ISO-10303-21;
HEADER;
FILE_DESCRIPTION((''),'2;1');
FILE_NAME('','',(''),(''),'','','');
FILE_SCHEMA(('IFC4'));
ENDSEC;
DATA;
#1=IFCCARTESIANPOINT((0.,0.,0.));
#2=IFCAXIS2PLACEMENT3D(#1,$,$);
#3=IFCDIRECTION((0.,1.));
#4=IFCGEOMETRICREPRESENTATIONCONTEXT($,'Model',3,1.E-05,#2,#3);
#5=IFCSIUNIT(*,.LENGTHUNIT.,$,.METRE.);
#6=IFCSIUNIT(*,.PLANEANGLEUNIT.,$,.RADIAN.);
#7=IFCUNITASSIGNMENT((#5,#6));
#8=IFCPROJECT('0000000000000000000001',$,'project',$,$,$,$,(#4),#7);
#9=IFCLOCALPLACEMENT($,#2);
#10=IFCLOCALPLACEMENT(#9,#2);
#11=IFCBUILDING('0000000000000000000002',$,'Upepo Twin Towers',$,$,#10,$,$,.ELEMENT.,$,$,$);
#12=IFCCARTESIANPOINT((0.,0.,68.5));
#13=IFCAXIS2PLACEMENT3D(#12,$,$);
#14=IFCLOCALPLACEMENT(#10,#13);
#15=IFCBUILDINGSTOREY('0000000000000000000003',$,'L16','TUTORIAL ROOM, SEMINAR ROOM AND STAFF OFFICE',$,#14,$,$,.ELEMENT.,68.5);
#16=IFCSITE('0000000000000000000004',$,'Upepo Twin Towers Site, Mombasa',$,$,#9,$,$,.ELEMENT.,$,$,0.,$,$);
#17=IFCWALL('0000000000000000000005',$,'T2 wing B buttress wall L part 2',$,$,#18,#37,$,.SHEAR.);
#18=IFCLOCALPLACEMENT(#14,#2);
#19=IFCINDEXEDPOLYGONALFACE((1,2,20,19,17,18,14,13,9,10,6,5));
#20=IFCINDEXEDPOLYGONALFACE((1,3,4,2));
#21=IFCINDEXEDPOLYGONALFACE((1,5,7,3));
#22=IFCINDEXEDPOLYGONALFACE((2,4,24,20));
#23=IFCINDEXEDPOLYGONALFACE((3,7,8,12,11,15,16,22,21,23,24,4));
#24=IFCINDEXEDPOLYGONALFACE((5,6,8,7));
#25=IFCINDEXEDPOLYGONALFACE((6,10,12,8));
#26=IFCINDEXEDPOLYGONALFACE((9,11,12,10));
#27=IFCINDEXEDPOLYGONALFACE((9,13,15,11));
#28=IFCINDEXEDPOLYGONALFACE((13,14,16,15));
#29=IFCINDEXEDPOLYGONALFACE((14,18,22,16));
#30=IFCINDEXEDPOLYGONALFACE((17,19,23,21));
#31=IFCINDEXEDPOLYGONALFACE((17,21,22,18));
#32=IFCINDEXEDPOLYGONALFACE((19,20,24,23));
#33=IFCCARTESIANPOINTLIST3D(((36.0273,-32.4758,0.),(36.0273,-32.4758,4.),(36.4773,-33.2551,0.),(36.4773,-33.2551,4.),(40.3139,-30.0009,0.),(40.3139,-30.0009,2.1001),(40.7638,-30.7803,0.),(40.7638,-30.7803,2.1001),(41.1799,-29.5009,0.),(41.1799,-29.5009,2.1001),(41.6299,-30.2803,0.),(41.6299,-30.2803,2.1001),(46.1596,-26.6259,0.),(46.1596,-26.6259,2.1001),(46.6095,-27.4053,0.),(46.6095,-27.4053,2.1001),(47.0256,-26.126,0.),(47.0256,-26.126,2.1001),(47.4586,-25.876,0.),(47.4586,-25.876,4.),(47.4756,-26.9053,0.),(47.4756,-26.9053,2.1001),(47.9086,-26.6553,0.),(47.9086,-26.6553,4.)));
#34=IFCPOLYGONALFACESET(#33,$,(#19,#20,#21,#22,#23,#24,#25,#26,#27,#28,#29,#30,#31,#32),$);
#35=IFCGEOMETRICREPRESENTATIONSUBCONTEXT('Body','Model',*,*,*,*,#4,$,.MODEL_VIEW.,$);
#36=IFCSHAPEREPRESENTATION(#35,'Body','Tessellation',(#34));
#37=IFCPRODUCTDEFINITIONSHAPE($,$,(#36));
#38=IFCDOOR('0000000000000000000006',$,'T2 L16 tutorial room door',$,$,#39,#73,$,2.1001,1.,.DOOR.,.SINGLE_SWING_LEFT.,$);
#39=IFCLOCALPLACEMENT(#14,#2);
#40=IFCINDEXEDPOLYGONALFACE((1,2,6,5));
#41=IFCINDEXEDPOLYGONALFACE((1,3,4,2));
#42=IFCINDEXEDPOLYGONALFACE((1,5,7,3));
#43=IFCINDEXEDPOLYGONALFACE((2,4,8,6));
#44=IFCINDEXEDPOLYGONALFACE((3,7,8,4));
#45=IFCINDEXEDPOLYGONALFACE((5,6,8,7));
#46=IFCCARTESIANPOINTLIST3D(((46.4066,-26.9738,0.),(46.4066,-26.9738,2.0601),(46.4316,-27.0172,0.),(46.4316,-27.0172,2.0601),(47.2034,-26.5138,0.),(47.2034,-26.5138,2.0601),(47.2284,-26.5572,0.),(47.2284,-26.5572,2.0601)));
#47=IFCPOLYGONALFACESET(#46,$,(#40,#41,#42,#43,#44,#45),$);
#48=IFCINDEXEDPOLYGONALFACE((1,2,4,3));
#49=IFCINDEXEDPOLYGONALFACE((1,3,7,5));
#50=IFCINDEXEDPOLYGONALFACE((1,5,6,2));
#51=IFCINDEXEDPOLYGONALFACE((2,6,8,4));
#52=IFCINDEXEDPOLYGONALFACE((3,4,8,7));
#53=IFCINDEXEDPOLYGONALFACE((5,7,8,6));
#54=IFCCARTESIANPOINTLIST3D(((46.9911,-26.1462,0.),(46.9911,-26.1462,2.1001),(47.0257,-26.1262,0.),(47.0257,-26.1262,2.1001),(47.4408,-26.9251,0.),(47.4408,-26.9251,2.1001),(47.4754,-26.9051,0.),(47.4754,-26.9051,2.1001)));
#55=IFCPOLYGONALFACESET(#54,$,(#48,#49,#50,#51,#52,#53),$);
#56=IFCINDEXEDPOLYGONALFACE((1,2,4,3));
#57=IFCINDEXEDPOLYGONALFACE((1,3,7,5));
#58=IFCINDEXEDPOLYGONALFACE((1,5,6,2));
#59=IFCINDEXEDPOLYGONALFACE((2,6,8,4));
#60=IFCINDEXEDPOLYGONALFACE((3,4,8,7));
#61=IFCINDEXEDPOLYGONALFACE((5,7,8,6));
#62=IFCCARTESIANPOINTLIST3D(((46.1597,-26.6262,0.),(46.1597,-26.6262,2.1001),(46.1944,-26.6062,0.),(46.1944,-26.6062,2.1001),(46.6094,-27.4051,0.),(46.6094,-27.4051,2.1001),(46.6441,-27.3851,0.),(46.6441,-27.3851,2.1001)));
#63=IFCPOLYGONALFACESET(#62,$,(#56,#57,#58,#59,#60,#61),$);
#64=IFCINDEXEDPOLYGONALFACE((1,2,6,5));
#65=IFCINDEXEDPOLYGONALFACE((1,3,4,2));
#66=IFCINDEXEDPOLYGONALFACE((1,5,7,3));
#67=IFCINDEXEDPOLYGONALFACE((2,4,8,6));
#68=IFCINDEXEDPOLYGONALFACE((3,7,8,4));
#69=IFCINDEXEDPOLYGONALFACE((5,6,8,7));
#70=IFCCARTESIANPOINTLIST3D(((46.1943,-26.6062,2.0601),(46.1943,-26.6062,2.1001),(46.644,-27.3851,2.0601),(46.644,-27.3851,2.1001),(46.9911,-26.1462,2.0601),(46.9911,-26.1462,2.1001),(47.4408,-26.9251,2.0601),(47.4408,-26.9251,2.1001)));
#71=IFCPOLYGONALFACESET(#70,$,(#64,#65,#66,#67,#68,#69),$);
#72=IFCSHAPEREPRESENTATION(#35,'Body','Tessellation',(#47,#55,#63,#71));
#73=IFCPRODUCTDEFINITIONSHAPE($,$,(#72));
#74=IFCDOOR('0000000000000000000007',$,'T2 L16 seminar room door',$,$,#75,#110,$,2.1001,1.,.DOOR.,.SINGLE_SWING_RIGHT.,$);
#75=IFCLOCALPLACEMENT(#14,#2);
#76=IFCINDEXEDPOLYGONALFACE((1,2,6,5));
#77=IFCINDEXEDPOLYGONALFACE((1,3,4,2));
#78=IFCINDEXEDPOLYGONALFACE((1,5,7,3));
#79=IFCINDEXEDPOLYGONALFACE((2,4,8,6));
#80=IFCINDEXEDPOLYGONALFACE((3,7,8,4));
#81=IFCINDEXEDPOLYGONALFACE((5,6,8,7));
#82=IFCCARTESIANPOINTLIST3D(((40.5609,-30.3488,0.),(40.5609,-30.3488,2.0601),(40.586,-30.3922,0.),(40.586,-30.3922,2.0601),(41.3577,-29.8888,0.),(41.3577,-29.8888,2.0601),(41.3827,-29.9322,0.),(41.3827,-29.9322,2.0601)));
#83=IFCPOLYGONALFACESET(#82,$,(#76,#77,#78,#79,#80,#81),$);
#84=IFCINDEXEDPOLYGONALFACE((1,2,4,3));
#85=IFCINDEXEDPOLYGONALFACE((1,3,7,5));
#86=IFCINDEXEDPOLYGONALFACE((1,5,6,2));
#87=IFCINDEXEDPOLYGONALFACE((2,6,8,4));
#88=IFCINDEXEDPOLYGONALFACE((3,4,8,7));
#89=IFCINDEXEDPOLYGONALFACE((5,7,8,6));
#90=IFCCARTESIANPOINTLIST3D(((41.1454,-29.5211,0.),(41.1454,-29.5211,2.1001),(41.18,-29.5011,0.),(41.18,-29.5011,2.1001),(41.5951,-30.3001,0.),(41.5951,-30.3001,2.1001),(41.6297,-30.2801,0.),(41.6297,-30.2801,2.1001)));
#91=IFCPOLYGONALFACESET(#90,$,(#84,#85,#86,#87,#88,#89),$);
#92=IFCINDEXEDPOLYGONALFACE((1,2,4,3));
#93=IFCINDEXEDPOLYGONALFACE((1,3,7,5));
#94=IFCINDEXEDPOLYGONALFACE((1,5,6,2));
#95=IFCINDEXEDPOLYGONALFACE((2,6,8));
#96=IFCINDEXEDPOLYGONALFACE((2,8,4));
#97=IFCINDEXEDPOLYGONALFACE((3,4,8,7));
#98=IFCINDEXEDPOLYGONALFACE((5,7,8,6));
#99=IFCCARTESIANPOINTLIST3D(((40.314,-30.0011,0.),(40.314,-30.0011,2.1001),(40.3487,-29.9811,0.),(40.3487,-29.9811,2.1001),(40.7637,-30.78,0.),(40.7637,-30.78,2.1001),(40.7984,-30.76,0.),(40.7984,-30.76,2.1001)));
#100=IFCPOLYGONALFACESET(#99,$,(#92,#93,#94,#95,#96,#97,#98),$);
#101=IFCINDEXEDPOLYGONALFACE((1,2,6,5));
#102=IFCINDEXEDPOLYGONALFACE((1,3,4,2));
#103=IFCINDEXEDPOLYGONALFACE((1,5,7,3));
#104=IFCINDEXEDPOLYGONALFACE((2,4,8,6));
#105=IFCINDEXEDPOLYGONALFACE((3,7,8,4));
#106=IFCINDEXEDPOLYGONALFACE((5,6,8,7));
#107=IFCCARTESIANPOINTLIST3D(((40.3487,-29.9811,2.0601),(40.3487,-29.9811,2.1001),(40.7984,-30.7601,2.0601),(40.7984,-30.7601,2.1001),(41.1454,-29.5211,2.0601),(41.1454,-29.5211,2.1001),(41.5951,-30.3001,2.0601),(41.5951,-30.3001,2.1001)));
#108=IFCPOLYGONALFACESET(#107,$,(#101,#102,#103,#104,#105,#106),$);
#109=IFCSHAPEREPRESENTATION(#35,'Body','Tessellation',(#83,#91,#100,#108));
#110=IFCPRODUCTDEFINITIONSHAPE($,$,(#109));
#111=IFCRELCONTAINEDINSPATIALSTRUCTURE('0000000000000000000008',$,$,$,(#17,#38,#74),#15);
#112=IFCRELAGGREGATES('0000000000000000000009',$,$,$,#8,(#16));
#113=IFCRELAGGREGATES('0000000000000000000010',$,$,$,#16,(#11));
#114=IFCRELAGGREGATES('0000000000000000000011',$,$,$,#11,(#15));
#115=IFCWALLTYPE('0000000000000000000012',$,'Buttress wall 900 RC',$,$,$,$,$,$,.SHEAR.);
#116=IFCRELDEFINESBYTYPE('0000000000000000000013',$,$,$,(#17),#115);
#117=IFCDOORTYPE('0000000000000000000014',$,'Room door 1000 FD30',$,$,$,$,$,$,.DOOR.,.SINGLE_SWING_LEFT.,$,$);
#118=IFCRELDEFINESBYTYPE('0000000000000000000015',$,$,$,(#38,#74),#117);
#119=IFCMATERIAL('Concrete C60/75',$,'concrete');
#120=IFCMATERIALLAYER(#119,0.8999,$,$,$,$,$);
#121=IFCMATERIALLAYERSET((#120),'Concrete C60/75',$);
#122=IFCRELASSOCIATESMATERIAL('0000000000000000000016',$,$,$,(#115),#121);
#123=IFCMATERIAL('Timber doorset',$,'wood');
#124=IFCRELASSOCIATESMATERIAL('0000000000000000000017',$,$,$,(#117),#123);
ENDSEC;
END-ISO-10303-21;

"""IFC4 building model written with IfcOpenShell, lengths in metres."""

from ifc_helpers import new_model, si_unit, direction, frame, frame_2d, origin, place, context, subcontext, project, spatial, rectangle, extrude, material, layer, layer_set, type_object, element, fill, save


model = new_model("IFC4")

# Units and contexts
model_context = context("Model", 3, precision=1e-05, world=origin(), true_north=direction((0.0, 1.0)))
body_context = subcontext(model_context, "Body", "Model", "MODEL_VIEW")
ifc_project = project(units=[si_unit("LENGTHUNIT", "METRE"), si_unit("PLANEANGLEUNIT", "RADIAN")], contexts=[model_context])

# Site, building, storey
site_placement = place(None, origin())
site = spatial("IfcSite", under=ifc_project, at=site_placement, Name="Upepo Twin Towers Site, Mombasa", CompositionType="ELEMENT", RefElevation=0.0)
building_placement = place(site_placement, origin())
building = spatial("IfcBuilding", under=site, at=building_placement, Name="Upepo Twin Towers", CompositionType="ELEMENT")
storey_placement = place(building_placement, frame((0.0, 0.0, 68.5)))
storey = spatial("IfcBuildingStorey", under=building, at=storey_placement, Name="L16", Description="TUTORIAL ROOM, SEMINAR ROOM AND STAFF OFFICE", CompositionType="ELEMENT", Elevation=68.5)

# Wall, openings, doors
ifc_material_1 = material(Name="Concrete C60/75", Category="concrete")
ifc_layer_1 = layer(ifc_material_1, 0.8999)
ifc_layer_set_1 = layer_set([ifc_layer_1], Name="Concrete C60/75")
wall_type_1 = type_object("IfcWallType", Name="Buttress wall 900 RC", PredefinedType="SHEAR", material=ifc_layer_set_1)
wall_1_placement = place(storey_placement, frame((47.6836, -26.2656, 0.0), z_axis=(0.0, 0.0, 1.0), x_axis=(-0.866028, -0.499996, 0.0)))
wall_1 = element("IfcWall", 1, at=wall_1_placement, inside=storey, type_object=wall_type_1, Name="T2 wing B buttress wall L part 2", PredefinedType="SHEAR", context=body_context, shape_type="SweptSolid", body=[
    extrude(rectangle(XDim=13.1997, YDim=0.8999, at=frame_2d((6.5999, 0.0))), origin(), (0.0, 0.0, 1.0), 4.0),
])
opening_1_placement = place(wall_1_placement, frame((0.5, 0.0, 0.0)))
opening_1 = element("IfcOpeningElement", 2, at=opening_1_placement, cuts=wall_1, PredefinedType="OPENING", context=body_context, shape_type="SweptSolid", body=[
    extrude(rectangle(XDim=1.0, YDim=2.1001, at=frame_2d((0.5, 1.05))), frame((0.0, 0.46, 0.0), z_axis=(0.0, -1.0, 0.0), x_axis=(1.0, 0.0, 0.0)), (0.0, 0.0, 1.0), 0.9199),
])
opening_2_placement = place(wall_1_placement, frame((7.25, 0.0, 0.0)))
opening_2 = element("IfcOpeningElement", 3, at=opening_2_placement, cuts=wall_1, PredefinedType="OPENING", context=body_context, shape_type="SweptSolid", body=[
    extrude(rectangle(XDim=1.0, YDim=2.1001, at=frame_2d((0.5, 1.05))), frame((0.0, 0.46, 0.0), z_axis=(0.0, -1.0, 0.0), x_axis=(1.0, 0.0, 0.0)), (0.0, 0.0, 1.0), 0.9199),
])
ifc_material_2 = material(Name="Timber doorset", Category="wood")
door_type_1 = type_object("IfcDoorType", Name="Room door 1000 FD30", OperationType="SINGLE_SWING_LEFT", PredefinedType="DOOR", material=ifc_material_2)
door_1_placement = place(opening_1_placement, origin())
door_1 = element("IfcDoor", 4, at=door_1_placement, inside=storey, type_object=door_type_1, Name="T2 L16 tutorial room door", OperationType="SINGLE_SWING_LEFT", OverallHeight=2.1001, OverallWidth=1.0, PredefinedType="DOOR", context=body_context, shape_type="SweptSolid", body=[
    extrude(rectangle(XDim=0.92, YDim=2.0601, at=frame_2d((0.5, 1.03))), frame((0.0, 0.0249, 0.0), z_axis=(0.0, -1.0, 0.0), x_axis=(1.0, 0.0, 0.0)), (0.0, 0.0, 1.0), 0.05),
    extrude(rectangle(XDim=0.04, YDim=2.1001, at=frame_2d((0.02, 1.05))), frame((0.0, 0.4497, 0.0), z_axis=(0.0, -1.0, 0.0), x_axis=(1.0, 0.0, 0.0)), (0.0, 0.0, 1.0), 0.8994),
    extrude(rectangle(XDim=0.04, YDim=2.1001, at=frame_2d((0.98, 1.05))), frame((0.0, 0.4497, 0.0), z_axis=(0.0, -1.0, 0.0), x_axis=(1.0, 0.0, 0.0)), (0.0, 0.0, 1.0), 0.8994),
    extrude(rectangle(XDim=0.92, YDim=0.04, at=frame_2d((0.5, 2.0801))), frame((0.0, 0.4497, 0.0), z_axis=(0.0, -1.0, 0.0), x_axis=(1.0, 0.0, 0.0)), (0.0, 0.0, 1.0), 0.8994),
])
fill(opening_1, door_1)
door_2_placement = place(opening_2_placement, origin())
door_2 = element("IfcDoor", 5, at=door_2_placement, inside=storey, type_object=door_type_1, Name="T2 L16 seminar room door", OperationType="SINGLE_SWING_RIGHT", OverallHeight=2.1001, OverallWidth=1.0, PredefinedType="DOOR", context=body_context, shape_type="SweptSolid", body=[
    extrude(rectangle(XDim=0.92, YDim=2.0601, at=frame_2d((0.5, 1.03))), frame((0.0, 0.0249, 0.0), z_axis=(0.0, -1.0, 0.0), x_axis=(1.0, 0.0, 0.0)), (0.0, 0.0, 1.0), 0.05),
    extrude(rectangle(XDim=0.04, YDim=2.1001, at=frame_2d((0.02, 1.05))), frame((0.0, 0.4497, 0.0), z_axis=(0.0, -1.0, 0.0), x_axis=(1.0, 0.0, 0.0)), (0.0, 0.0, 1.0), 0.8994),
    extrude(rectangle(XDim=0.04, YDim=2.1001, at=frame_2d((0.98, 1.05))), frame((0.0, 0.4497, 0.0), z_axis=(0.0, -1.0, 0.0), x_axis=(1.0, 0.0, 0.0)), (0.0, 0.0, 1.0), 0.8994),
    extrude(rectangle(XDim=0.92, YDim=0.04, at=frame_2d((0.5, 2.0801))), frame((0.0, 0.4497, 0.0), z_axis=(0.0, -1.0, 0.0), x_axis=(1.0, 0.0, 0.0)), (0.0, 0.0, 1.0), 0.8994),
])
fill(opening_2, door_2)

save(model, "model.ifc")
